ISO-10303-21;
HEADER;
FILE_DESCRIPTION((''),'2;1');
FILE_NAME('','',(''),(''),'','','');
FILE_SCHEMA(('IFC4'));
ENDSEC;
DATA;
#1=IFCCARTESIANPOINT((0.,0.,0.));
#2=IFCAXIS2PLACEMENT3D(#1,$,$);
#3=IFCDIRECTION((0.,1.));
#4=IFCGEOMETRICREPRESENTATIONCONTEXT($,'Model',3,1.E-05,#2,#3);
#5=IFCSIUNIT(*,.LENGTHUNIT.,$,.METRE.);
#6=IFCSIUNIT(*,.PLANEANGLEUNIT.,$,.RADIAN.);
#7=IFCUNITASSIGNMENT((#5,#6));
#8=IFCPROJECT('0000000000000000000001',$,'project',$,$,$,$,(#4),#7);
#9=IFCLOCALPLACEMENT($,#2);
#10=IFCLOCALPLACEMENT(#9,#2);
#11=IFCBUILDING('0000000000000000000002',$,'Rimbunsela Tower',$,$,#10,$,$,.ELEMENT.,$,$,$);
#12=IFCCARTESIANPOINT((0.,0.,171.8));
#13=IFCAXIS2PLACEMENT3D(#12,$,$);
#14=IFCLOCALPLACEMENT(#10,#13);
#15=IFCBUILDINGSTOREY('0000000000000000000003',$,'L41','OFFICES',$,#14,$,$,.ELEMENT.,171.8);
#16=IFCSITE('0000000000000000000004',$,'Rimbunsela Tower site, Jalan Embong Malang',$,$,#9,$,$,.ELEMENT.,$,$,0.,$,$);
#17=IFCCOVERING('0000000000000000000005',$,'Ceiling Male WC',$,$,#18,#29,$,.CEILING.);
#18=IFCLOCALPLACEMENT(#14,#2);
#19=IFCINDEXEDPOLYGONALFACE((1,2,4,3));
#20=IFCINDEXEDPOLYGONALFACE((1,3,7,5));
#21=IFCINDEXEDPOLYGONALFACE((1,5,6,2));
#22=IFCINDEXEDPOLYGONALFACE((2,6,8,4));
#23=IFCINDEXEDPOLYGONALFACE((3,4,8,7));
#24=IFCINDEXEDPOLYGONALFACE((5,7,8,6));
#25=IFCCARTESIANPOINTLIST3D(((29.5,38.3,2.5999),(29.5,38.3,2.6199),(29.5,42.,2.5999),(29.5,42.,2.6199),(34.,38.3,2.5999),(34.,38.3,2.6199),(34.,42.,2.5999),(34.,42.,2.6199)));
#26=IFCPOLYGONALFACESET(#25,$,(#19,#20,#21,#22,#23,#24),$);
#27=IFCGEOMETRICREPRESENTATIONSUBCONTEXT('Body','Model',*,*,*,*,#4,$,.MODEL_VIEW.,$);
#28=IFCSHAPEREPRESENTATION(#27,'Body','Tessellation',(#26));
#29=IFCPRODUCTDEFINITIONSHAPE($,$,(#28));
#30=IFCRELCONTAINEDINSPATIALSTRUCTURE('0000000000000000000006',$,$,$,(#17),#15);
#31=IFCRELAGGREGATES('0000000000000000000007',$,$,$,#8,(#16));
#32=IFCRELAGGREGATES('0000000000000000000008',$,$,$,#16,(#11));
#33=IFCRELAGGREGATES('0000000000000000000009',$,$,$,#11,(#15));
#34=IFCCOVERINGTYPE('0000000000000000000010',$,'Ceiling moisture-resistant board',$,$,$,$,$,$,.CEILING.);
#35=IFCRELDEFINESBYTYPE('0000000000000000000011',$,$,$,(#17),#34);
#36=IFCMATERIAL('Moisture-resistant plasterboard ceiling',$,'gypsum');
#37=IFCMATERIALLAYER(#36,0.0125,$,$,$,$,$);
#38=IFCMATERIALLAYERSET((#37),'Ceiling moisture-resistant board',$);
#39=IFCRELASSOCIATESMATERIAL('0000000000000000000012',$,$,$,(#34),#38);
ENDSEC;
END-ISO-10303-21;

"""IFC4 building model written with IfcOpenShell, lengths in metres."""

from ifc_helpers import new_model, si_unit, direction, frame, origin, place, context, subcontext, project, spatial, polyline, outline, extrude, material, layer, layer_set, type_object, element, save


model = new_model("IFC4")

# Units and contexts
model_context = context("Model", 3, precision=1e-05, world=origin(), true_north=direction((0.0, 1.0)))
body_context = subcontext(model_context, "Body", "Model", "MODEL_VIEW")
ifc_project = project(units=[si_unit("LENGTHUNIT", "METRE"), si_unit("PLANEANGLEUNIT", "RADIAN")], contexts=[model_context])

# Site, building, storey
site_placement = place(None, origin())
site = spatial("IfcSite", under=ifc_project, at=site_placement, Name="Rimbunsela Tower site, Jalan Embong Malang", CompositionType="ELEMENT", RefElevation=0.0)
building_placement = place(site_placement, origin())
building = spatial("IfcBuilding", under=site, at=building_placement, Name="Rimbunsela Tower", CompositionType="ELEMENT")
storey_placement = place(building_placement, frame((0.0, 0.0, 171.8)))
storey = spatial("IfcBuildingStorey", under=building, at=storey_placement, Name="L41", Description="OFFICES", CompositionType="ELEMENT", Elevation=171.8)

# Covering
ifc_material_1 = material(Name="Moisture-resistant plasterboard ceiling", Category="gypsum")
ifc_layer_1 = layer(ifc_material_1, 0.0125)
ifc_layer_set_1 = layer_set([ifc_layer_1], Name="Ceiling moisture-resistant board")
covering_type_1 = type_object("IfcCoveringType", Name="Ceiling moisture-resistant board", PredefinedType="CEILING", material=ifc_layer_set_1)
covering_1_placement = place(storey_placement, frame((0.0, 0.0, 2.5999)))
element("IfcCovering", 1, at=covering_1_placement, inside=storey, type_object=covering_type_1, Name="Ceiling Male WC", PredefinedType="CEILING", context=body_context, shape_type="SweptSolid", body=[
    extrude(outline(polyline([(34.0, 38.3), (34.0, 42.0), (29.5, 42.0), (29.5, 38.3), (34.0, 38.3)])), origin(), (0.0, 0.0, 1.0), 0.02),
])

save(model, "model.ifc")
